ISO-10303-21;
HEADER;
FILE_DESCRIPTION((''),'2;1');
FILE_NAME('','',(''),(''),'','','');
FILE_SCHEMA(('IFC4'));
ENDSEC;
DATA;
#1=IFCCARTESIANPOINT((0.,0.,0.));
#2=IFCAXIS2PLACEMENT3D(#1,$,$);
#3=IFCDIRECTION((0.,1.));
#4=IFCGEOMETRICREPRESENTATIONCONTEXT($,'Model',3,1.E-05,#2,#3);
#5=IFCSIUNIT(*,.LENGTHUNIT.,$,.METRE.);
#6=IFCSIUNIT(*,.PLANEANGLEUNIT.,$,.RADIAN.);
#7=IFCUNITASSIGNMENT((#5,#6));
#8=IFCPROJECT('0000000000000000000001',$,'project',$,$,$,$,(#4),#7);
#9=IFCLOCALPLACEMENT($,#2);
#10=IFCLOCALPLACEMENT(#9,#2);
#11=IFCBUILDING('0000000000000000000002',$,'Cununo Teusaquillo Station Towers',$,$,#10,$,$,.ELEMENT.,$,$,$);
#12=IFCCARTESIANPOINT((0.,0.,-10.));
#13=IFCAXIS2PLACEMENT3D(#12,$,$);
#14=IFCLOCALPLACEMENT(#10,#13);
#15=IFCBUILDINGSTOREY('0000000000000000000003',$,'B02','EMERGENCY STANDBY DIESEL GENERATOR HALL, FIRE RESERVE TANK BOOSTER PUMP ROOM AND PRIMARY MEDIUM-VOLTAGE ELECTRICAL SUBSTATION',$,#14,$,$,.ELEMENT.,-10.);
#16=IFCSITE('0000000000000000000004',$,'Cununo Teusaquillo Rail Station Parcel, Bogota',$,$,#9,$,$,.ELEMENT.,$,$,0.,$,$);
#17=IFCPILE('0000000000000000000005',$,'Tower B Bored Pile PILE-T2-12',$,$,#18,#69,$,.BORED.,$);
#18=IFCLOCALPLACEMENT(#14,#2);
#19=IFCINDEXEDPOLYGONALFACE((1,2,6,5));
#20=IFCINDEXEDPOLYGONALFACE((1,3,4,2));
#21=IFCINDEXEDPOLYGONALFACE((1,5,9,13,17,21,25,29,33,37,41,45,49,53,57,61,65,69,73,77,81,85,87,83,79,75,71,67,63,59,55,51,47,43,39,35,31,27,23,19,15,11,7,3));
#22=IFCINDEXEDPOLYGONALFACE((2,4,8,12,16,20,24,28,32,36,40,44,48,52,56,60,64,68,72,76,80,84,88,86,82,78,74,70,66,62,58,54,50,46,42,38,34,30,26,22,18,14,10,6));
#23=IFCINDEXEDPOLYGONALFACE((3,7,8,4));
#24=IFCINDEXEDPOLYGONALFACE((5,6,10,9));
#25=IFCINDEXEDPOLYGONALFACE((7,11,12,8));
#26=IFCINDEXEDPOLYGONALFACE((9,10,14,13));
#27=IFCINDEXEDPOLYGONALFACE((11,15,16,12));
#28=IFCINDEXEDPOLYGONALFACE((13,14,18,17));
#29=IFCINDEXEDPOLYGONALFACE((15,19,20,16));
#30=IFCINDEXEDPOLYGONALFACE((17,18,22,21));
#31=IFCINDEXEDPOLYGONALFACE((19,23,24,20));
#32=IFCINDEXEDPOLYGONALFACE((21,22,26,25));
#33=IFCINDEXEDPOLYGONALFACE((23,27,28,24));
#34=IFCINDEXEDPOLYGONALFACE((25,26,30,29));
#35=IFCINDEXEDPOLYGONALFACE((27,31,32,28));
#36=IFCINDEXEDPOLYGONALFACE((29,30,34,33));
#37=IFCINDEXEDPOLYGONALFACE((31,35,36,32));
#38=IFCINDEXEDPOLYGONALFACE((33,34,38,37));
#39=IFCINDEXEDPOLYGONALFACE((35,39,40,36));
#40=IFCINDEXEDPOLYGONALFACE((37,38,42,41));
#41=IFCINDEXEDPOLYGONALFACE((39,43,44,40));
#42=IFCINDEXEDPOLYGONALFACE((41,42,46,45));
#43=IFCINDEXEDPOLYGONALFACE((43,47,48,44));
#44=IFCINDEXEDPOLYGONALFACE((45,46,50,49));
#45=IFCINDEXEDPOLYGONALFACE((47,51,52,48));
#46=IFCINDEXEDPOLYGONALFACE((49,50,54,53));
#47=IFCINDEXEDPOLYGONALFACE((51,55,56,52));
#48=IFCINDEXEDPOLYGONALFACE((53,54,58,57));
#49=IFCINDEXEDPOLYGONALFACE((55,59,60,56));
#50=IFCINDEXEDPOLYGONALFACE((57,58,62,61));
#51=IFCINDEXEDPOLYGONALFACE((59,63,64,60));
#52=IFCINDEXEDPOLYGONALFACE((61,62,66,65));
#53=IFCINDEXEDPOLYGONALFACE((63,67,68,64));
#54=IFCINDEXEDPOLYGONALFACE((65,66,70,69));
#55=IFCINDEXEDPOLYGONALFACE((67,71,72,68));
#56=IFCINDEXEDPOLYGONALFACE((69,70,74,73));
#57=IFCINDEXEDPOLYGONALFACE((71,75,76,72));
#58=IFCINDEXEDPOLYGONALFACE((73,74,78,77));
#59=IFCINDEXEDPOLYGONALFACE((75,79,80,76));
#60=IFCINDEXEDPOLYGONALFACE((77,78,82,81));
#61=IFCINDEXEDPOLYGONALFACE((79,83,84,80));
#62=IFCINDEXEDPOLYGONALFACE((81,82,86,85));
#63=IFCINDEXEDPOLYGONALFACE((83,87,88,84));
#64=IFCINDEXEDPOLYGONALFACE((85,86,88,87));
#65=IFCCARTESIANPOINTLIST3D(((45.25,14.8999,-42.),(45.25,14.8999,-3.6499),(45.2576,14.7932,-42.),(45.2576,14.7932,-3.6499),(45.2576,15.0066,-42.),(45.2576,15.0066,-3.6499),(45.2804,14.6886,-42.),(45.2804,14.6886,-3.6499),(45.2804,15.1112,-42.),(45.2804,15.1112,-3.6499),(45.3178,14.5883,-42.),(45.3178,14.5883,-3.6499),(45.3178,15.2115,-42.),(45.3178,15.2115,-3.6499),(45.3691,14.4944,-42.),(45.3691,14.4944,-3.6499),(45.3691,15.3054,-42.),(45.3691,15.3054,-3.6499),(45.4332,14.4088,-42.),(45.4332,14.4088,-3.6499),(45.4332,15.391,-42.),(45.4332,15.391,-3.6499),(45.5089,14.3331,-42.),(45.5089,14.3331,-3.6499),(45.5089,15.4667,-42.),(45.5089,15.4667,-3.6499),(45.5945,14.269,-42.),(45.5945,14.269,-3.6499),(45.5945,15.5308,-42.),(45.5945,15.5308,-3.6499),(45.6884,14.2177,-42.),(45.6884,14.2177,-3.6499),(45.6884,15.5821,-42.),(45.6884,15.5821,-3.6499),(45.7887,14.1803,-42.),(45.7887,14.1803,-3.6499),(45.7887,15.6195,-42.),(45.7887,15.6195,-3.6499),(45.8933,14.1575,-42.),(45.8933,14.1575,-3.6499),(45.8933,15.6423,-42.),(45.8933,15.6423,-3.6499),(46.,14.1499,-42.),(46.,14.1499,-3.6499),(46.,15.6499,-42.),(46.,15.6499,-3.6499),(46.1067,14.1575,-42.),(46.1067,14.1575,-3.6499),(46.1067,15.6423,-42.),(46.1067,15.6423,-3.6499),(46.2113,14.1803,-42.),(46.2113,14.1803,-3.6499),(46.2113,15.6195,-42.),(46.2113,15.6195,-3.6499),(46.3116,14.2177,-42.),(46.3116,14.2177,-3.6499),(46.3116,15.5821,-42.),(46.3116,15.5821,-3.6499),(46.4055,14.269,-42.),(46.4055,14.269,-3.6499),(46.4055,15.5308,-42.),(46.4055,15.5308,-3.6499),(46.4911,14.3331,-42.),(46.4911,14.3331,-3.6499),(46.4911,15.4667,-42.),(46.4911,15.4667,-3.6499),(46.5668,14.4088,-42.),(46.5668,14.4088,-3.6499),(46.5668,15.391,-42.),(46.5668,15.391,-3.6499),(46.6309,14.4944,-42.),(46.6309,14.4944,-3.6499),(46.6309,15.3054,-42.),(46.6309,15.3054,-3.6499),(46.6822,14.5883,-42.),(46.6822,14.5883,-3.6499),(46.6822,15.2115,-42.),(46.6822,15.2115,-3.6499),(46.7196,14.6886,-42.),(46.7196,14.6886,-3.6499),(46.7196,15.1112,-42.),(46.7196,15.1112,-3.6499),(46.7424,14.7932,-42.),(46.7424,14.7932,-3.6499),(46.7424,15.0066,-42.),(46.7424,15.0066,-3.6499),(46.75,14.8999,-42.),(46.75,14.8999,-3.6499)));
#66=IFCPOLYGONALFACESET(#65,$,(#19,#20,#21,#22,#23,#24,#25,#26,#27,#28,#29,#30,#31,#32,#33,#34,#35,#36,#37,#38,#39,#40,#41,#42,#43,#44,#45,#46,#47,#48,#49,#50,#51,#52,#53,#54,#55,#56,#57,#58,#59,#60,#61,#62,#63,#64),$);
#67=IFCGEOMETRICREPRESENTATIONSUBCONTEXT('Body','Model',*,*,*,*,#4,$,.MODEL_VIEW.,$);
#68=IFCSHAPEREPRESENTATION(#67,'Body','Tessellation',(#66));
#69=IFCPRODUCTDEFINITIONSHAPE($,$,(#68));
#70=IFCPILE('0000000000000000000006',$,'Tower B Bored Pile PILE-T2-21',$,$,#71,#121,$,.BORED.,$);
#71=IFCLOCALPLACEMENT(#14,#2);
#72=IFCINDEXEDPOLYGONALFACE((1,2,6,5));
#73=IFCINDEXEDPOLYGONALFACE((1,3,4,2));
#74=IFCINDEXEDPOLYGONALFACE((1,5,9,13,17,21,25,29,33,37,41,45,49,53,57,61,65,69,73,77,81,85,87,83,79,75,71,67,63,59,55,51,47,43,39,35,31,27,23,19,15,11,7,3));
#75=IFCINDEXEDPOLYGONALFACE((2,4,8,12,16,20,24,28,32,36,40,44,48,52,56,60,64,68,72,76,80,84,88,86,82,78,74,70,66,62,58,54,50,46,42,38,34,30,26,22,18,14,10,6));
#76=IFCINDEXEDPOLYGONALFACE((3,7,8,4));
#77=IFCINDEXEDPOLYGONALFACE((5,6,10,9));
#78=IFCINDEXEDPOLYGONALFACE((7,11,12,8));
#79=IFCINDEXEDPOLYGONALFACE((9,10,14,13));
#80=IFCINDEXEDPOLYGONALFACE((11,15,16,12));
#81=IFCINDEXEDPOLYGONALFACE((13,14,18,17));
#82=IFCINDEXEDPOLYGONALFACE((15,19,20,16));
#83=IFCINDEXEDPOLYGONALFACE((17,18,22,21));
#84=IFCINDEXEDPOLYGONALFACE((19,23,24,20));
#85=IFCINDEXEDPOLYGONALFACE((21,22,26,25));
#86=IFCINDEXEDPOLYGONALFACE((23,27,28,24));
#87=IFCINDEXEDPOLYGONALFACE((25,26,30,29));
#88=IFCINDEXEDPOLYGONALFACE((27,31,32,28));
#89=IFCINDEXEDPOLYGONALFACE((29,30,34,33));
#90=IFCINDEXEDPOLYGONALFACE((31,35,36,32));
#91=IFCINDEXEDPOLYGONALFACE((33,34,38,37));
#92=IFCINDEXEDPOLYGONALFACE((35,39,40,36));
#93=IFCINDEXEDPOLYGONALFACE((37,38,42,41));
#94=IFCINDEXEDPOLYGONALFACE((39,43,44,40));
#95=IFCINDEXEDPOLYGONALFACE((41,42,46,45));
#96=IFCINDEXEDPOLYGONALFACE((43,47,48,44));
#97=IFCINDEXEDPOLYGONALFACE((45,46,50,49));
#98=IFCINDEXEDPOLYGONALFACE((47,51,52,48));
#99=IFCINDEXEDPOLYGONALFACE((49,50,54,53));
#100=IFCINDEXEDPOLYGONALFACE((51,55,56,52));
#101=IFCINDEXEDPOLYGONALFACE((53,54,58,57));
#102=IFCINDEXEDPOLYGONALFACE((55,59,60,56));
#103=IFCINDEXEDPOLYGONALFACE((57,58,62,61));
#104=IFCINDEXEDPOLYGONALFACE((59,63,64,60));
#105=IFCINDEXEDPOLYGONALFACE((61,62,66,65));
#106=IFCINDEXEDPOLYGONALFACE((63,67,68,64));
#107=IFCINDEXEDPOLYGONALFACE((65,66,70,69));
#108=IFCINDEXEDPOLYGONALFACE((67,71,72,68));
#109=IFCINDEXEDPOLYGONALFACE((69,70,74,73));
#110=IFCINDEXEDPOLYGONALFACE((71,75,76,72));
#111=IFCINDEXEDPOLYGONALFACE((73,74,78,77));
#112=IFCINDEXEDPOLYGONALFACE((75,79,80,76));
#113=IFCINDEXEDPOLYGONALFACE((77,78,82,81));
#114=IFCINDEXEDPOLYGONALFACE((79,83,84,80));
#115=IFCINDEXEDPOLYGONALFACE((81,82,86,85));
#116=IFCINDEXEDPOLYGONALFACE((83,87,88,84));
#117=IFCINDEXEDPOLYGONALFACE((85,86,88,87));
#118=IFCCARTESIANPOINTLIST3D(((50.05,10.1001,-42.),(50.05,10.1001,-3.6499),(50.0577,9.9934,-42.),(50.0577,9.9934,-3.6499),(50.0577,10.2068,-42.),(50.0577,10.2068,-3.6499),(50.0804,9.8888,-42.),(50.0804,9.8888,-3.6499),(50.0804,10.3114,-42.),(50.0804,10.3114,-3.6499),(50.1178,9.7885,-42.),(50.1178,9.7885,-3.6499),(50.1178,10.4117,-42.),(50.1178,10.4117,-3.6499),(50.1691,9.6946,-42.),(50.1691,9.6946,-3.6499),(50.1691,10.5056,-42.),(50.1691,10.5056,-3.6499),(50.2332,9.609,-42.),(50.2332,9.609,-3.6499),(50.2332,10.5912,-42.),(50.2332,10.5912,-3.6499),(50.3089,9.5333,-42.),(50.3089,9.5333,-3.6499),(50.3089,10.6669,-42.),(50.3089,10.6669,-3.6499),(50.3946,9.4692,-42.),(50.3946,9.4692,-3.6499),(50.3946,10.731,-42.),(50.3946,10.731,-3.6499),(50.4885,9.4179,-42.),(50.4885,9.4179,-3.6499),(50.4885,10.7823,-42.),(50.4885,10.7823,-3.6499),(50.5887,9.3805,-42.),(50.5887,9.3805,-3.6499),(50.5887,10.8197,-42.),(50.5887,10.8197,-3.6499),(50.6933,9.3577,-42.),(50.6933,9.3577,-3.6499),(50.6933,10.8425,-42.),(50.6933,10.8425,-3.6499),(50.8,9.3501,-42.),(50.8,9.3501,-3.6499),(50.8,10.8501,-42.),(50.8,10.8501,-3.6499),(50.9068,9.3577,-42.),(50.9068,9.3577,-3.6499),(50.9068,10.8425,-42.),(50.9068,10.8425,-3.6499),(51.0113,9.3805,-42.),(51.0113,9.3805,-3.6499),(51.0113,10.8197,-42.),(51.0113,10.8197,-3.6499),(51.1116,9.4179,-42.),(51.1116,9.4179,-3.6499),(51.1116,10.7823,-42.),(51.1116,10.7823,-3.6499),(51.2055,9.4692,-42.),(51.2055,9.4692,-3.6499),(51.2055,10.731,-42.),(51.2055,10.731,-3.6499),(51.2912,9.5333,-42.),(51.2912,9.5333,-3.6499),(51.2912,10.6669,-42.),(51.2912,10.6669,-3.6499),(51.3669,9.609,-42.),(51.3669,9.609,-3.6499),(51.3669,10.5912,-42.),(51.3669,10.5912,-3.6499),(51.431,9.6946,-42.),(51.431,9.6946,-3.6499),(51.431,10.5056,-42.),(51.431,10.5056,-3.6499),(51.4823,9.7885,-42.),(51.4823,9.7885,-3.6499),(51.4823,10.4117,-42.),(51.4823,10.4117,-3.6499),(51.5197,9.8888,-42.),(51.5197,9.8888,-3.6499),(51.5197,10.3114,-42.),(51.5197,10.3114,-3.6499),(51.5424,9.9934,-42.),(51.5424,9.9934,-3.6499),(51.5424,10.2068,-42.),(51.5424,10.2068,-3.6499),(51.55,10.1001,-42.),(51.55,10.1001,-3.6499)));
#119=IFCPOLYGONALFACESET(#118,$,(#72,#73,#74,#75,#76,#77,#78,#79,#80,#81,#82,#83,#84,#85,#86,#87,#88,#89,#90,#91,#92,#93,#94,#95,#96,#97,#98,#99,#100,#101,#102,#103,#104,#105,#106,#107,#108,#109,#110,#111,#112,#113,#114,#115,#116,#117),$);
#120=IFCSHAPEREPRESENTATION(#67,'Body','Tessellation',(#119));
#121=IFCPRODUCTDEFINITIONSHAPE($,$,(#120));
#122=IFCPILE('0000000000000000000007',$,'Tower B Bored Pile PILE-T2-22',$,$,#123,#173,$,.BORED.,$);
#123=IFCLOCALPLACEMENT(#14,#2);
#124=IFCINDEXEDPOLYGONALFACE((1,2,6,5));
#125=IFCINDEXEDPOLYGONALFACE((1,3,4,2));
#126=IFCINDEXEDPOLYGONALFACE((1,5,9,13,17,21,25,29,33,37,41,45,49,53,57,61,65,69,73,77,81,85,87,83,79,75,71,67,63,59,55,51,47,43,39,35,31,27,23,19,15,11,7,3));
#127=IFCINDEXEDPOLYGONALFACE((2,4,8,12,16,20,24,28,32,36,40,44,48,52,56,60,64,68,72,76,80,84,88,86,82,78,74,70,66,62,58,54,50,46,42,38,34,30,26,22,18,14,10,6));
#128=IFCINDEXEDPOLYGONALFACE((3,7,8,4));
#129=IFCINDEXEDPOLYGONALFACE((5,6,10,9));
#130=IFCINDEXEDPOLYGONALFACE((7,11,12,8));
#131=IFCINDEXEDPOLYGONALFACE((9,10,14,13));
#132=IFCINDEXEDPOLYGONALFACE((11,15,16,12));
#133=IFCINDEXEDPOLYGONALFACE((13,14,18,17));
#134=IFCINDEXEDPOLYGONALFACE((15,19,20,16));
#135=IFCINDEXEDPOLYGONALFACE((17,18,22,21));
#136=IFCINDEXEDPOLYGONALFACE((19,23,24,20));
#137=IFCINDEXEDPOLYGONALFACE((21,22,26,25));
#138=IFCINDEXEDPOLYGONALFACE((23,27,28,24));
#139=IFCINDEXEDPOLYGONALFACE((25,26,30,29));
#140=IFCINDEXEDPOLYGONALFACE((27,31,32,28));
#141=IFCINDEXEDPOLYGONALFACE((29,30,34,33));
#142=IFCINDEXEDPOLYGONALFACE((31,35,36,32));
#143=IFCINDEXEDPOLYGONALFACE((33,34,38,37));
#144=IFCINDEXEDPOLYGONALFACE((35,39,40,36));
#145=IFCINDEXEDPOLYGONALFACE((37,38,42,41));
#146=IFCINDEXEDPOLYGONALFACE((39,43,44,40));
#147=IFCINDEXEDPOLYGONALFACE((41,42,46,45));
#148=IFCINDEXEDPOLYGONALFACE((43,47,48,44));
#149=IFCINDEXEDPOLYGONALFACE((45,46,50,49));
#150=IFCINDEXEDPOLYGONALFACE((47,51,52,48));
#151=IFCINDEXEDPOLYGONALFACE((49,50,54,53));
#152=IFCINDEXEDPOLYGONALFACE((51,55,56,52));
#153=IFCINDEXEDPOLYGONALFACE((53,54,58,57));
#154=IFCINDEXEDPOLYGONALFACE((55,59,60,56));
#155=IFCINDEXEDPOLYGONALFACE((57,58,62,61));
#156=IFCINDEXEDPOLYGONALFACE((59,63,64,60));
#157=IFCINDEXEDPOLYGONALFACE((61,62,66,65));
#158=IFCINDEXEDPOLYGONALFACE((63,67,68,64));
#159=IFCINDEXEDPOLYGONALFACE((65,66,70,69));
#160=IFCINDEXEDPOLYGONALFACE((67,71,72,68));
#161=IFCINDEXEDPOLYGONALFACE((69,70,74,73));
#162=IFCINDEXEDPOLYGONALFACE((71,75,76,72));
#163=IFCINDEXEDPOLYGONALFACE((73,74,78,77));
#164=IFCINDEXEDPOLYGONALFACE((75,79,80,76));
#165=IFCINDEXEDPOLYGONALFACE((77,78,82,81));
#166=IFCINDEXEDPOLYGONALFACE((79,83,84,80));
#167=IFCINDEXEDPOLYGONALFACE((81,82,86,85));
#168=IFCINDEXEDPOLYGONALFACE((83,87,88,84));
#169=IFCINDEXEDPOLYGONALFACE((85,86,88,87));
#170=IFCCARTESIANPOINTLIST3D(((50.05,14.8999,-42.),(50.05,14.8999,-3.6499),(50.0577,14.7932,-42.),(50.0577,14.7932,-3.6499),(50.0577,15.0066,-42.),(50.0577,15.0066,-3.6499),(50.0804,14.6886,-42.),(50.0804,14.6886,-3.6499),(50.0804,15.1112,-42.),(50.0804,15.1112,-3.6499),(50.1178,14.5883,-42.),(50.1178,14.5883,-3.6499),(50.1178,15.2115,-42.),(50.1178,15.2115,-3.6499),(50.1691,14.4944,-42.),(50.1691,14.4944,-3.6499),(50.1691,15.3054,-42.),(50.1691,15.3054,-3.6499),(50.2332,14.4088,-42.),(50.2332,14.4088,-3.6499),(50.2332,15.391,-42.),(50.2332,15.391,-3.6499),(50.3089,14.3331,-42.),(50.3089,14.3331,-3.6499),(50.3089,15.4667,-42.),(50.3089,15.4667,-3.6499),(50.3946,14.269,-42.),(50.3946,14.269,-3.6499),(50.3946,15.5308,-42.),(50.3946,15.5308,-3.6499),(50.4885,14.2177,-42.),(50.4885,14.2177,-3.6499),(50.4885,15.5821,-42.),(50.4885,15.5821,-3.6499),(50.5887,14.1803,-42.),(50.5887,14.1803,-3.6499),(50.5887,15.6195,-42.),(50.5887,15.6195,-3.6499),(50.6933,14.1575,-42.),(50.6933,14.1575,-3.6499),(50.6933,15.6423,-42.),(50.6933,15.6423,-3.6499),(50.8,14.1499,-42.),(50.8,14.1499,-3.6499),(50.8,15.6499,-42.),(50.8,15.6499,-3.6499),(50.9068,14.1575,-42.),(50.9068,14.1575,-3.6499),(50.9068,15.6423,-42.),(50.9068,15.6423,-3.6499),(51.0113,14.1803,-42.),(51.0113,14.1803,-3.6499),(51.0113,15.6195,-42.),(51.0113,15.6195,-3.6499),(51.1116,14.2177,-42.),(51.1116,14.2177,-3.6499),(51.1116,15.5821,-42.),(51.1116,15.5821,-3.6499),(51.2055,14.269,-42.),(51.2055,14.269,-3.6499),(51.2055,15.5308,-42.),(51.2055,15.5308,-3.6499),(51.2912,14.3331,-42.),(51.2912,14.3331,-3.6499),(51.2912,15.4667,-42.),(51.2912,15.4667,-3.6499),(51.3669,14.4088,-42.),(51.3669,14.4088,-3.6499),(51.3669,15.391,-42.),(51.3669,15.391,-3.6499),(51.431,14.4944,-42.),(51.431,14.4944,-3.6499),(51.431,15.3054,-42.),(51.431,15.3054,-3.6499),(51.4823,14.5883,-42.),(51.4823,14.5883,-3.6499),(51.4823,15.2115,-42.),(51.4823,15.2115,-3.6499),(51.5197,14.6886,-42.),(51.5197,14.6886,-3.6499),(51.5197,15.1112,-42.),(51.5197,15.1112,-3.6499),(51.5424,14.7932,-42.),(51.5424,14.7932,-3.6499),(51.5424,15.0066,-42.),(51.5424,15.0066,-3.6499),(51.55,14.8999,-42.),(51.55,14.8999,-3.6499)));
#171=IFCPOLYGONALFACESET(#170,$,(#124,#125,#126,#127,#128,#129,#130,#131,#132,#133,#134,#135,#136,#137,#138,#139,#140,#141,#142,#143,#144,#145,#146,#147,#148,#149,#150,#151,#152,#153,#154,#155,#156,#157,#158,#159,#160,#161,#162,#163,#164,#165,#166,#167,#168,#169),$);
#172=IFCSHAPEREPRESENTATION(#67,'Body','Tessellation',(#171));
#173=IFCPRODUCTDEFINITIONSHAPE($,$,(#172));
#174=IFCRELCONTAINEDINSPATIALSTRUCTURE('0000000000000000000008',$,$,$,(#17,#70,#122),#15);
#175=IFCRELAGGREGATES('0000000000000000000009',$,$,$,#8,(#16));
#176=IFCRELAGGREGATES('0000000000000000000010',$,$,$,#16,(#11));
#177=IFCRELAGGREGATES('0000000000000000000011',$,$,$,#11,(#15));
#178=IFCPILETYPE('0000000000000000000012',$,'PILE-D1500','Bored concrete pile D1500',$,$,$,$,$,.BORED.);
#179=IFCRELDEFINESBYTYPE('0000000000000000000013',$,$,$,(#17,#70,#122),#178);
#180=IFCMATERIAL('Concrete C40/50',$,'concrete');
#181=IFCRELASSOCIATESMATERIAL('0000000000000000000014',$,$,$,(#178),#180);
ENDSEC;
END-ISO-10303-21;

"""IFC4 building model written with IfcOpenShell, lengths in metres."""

from ifc_helpers import new_model, si_unit, direction, frame, origin, origin_2d, place, context, subcontext, project, spatial, circle, extrude, material, material_profile, profile_set, type_object, element, save


model = new_model("IFC4")

# Units and contexts
model_context = context("Model", 3, precision=1e-05, world=origin(), true_north=direction((0.0, 1.0)))
body_context = subcontext(model_context, "Body", "Model", "MODEL_VIEW")
ifc_project = project(units=[si_unit("LENGTHUNIT", "METRE"), si_unit("PLANEANGLEUNIT", "RADIAN")], contexts=[model_context])

# Site, building, storey
site_placement = place(None, origin())
site = spatial("IfcSite", under=ifc_project, at=site_placement, Name="Cununo Teusaquillo Rail Station Parcel, Bogota", CompositionType="ELEMENT", RefElevation=0.0)
building_placement = place(site_placement, origin())
building = spatial("IfcBuilding", under=site, at=building_placement, Name="Cununo Teusaquillo Station Towers", CompositionType="ELEMENT")
storey_placement = place(building_placement, frame((0.0, 0.0, -10.0)))
storey = spatial("IfcBuildingStorey", under=building, at=storey_placement, Name="B02", Description="EMERGENCY STANDBY DIESEL GENERATOR HALL, FIRE RESERVE TANK BOOSTER PUMP ROOM AND PRIMARY MEDIUM-VOLTAGE ELECTRICAL SUBSTATION", CompositionType="ELEMENT", Elevation=-10.0)

# Piles
ifc_material_1 = material(Name="Concrete C40/50", Category="concrete")
ifc_material_profile_1 = material_profile(ifc_material_1, circle(Radius=0.75, at=origin_2d()), Name="PILE-BORED-1500")
ifc_profile_set_1 = profile_set([ifc_material_profile_1], Name="Concrete C40/50")
pile_type_1 = type_object("IfcPileType", Name="PILE-D1500", Description="Bored concrete pile D1500", PredefinedType="BORED", material=ifc_profile_set_1)
for number, where, z_axis, x_axis, name in (
    (1, (46.0, 14.8999, -3.6499), (0.0, 0.0, -1.0), (1.0, 0.0, 0.0), "Tower B Bored Pile PILE-T2-12"),
    (2, (50.8, 10.1001, -3.6499), (0.0, 0.0, -1.0), (1.0, 0.0, 0.0), "Tower B Bored Pile PILE-T2-21"),
    (3, (50.8, 14.8999, -3.6499), (0.0, 0.0, -1.0), (1.0, 0.0, 0.0), "Tower B Bored Pile PILE-T2-22"),
):
    element("IfcPile", number, at=place(storey_placement, frame(where, z_axis=z_axis, x_axis=x_axis)), inside=storey, type_object=pile_type_1, Name=name, PredefinedType="BORED", context=body_context, shape_type="SweptSolid", body=[
        extrude(circle(Radius=0.75, at=origin_2d()), origin(), (0.0, 0.0, 1.0), 38.3501),
    ])

save(model, "model.ifc")
